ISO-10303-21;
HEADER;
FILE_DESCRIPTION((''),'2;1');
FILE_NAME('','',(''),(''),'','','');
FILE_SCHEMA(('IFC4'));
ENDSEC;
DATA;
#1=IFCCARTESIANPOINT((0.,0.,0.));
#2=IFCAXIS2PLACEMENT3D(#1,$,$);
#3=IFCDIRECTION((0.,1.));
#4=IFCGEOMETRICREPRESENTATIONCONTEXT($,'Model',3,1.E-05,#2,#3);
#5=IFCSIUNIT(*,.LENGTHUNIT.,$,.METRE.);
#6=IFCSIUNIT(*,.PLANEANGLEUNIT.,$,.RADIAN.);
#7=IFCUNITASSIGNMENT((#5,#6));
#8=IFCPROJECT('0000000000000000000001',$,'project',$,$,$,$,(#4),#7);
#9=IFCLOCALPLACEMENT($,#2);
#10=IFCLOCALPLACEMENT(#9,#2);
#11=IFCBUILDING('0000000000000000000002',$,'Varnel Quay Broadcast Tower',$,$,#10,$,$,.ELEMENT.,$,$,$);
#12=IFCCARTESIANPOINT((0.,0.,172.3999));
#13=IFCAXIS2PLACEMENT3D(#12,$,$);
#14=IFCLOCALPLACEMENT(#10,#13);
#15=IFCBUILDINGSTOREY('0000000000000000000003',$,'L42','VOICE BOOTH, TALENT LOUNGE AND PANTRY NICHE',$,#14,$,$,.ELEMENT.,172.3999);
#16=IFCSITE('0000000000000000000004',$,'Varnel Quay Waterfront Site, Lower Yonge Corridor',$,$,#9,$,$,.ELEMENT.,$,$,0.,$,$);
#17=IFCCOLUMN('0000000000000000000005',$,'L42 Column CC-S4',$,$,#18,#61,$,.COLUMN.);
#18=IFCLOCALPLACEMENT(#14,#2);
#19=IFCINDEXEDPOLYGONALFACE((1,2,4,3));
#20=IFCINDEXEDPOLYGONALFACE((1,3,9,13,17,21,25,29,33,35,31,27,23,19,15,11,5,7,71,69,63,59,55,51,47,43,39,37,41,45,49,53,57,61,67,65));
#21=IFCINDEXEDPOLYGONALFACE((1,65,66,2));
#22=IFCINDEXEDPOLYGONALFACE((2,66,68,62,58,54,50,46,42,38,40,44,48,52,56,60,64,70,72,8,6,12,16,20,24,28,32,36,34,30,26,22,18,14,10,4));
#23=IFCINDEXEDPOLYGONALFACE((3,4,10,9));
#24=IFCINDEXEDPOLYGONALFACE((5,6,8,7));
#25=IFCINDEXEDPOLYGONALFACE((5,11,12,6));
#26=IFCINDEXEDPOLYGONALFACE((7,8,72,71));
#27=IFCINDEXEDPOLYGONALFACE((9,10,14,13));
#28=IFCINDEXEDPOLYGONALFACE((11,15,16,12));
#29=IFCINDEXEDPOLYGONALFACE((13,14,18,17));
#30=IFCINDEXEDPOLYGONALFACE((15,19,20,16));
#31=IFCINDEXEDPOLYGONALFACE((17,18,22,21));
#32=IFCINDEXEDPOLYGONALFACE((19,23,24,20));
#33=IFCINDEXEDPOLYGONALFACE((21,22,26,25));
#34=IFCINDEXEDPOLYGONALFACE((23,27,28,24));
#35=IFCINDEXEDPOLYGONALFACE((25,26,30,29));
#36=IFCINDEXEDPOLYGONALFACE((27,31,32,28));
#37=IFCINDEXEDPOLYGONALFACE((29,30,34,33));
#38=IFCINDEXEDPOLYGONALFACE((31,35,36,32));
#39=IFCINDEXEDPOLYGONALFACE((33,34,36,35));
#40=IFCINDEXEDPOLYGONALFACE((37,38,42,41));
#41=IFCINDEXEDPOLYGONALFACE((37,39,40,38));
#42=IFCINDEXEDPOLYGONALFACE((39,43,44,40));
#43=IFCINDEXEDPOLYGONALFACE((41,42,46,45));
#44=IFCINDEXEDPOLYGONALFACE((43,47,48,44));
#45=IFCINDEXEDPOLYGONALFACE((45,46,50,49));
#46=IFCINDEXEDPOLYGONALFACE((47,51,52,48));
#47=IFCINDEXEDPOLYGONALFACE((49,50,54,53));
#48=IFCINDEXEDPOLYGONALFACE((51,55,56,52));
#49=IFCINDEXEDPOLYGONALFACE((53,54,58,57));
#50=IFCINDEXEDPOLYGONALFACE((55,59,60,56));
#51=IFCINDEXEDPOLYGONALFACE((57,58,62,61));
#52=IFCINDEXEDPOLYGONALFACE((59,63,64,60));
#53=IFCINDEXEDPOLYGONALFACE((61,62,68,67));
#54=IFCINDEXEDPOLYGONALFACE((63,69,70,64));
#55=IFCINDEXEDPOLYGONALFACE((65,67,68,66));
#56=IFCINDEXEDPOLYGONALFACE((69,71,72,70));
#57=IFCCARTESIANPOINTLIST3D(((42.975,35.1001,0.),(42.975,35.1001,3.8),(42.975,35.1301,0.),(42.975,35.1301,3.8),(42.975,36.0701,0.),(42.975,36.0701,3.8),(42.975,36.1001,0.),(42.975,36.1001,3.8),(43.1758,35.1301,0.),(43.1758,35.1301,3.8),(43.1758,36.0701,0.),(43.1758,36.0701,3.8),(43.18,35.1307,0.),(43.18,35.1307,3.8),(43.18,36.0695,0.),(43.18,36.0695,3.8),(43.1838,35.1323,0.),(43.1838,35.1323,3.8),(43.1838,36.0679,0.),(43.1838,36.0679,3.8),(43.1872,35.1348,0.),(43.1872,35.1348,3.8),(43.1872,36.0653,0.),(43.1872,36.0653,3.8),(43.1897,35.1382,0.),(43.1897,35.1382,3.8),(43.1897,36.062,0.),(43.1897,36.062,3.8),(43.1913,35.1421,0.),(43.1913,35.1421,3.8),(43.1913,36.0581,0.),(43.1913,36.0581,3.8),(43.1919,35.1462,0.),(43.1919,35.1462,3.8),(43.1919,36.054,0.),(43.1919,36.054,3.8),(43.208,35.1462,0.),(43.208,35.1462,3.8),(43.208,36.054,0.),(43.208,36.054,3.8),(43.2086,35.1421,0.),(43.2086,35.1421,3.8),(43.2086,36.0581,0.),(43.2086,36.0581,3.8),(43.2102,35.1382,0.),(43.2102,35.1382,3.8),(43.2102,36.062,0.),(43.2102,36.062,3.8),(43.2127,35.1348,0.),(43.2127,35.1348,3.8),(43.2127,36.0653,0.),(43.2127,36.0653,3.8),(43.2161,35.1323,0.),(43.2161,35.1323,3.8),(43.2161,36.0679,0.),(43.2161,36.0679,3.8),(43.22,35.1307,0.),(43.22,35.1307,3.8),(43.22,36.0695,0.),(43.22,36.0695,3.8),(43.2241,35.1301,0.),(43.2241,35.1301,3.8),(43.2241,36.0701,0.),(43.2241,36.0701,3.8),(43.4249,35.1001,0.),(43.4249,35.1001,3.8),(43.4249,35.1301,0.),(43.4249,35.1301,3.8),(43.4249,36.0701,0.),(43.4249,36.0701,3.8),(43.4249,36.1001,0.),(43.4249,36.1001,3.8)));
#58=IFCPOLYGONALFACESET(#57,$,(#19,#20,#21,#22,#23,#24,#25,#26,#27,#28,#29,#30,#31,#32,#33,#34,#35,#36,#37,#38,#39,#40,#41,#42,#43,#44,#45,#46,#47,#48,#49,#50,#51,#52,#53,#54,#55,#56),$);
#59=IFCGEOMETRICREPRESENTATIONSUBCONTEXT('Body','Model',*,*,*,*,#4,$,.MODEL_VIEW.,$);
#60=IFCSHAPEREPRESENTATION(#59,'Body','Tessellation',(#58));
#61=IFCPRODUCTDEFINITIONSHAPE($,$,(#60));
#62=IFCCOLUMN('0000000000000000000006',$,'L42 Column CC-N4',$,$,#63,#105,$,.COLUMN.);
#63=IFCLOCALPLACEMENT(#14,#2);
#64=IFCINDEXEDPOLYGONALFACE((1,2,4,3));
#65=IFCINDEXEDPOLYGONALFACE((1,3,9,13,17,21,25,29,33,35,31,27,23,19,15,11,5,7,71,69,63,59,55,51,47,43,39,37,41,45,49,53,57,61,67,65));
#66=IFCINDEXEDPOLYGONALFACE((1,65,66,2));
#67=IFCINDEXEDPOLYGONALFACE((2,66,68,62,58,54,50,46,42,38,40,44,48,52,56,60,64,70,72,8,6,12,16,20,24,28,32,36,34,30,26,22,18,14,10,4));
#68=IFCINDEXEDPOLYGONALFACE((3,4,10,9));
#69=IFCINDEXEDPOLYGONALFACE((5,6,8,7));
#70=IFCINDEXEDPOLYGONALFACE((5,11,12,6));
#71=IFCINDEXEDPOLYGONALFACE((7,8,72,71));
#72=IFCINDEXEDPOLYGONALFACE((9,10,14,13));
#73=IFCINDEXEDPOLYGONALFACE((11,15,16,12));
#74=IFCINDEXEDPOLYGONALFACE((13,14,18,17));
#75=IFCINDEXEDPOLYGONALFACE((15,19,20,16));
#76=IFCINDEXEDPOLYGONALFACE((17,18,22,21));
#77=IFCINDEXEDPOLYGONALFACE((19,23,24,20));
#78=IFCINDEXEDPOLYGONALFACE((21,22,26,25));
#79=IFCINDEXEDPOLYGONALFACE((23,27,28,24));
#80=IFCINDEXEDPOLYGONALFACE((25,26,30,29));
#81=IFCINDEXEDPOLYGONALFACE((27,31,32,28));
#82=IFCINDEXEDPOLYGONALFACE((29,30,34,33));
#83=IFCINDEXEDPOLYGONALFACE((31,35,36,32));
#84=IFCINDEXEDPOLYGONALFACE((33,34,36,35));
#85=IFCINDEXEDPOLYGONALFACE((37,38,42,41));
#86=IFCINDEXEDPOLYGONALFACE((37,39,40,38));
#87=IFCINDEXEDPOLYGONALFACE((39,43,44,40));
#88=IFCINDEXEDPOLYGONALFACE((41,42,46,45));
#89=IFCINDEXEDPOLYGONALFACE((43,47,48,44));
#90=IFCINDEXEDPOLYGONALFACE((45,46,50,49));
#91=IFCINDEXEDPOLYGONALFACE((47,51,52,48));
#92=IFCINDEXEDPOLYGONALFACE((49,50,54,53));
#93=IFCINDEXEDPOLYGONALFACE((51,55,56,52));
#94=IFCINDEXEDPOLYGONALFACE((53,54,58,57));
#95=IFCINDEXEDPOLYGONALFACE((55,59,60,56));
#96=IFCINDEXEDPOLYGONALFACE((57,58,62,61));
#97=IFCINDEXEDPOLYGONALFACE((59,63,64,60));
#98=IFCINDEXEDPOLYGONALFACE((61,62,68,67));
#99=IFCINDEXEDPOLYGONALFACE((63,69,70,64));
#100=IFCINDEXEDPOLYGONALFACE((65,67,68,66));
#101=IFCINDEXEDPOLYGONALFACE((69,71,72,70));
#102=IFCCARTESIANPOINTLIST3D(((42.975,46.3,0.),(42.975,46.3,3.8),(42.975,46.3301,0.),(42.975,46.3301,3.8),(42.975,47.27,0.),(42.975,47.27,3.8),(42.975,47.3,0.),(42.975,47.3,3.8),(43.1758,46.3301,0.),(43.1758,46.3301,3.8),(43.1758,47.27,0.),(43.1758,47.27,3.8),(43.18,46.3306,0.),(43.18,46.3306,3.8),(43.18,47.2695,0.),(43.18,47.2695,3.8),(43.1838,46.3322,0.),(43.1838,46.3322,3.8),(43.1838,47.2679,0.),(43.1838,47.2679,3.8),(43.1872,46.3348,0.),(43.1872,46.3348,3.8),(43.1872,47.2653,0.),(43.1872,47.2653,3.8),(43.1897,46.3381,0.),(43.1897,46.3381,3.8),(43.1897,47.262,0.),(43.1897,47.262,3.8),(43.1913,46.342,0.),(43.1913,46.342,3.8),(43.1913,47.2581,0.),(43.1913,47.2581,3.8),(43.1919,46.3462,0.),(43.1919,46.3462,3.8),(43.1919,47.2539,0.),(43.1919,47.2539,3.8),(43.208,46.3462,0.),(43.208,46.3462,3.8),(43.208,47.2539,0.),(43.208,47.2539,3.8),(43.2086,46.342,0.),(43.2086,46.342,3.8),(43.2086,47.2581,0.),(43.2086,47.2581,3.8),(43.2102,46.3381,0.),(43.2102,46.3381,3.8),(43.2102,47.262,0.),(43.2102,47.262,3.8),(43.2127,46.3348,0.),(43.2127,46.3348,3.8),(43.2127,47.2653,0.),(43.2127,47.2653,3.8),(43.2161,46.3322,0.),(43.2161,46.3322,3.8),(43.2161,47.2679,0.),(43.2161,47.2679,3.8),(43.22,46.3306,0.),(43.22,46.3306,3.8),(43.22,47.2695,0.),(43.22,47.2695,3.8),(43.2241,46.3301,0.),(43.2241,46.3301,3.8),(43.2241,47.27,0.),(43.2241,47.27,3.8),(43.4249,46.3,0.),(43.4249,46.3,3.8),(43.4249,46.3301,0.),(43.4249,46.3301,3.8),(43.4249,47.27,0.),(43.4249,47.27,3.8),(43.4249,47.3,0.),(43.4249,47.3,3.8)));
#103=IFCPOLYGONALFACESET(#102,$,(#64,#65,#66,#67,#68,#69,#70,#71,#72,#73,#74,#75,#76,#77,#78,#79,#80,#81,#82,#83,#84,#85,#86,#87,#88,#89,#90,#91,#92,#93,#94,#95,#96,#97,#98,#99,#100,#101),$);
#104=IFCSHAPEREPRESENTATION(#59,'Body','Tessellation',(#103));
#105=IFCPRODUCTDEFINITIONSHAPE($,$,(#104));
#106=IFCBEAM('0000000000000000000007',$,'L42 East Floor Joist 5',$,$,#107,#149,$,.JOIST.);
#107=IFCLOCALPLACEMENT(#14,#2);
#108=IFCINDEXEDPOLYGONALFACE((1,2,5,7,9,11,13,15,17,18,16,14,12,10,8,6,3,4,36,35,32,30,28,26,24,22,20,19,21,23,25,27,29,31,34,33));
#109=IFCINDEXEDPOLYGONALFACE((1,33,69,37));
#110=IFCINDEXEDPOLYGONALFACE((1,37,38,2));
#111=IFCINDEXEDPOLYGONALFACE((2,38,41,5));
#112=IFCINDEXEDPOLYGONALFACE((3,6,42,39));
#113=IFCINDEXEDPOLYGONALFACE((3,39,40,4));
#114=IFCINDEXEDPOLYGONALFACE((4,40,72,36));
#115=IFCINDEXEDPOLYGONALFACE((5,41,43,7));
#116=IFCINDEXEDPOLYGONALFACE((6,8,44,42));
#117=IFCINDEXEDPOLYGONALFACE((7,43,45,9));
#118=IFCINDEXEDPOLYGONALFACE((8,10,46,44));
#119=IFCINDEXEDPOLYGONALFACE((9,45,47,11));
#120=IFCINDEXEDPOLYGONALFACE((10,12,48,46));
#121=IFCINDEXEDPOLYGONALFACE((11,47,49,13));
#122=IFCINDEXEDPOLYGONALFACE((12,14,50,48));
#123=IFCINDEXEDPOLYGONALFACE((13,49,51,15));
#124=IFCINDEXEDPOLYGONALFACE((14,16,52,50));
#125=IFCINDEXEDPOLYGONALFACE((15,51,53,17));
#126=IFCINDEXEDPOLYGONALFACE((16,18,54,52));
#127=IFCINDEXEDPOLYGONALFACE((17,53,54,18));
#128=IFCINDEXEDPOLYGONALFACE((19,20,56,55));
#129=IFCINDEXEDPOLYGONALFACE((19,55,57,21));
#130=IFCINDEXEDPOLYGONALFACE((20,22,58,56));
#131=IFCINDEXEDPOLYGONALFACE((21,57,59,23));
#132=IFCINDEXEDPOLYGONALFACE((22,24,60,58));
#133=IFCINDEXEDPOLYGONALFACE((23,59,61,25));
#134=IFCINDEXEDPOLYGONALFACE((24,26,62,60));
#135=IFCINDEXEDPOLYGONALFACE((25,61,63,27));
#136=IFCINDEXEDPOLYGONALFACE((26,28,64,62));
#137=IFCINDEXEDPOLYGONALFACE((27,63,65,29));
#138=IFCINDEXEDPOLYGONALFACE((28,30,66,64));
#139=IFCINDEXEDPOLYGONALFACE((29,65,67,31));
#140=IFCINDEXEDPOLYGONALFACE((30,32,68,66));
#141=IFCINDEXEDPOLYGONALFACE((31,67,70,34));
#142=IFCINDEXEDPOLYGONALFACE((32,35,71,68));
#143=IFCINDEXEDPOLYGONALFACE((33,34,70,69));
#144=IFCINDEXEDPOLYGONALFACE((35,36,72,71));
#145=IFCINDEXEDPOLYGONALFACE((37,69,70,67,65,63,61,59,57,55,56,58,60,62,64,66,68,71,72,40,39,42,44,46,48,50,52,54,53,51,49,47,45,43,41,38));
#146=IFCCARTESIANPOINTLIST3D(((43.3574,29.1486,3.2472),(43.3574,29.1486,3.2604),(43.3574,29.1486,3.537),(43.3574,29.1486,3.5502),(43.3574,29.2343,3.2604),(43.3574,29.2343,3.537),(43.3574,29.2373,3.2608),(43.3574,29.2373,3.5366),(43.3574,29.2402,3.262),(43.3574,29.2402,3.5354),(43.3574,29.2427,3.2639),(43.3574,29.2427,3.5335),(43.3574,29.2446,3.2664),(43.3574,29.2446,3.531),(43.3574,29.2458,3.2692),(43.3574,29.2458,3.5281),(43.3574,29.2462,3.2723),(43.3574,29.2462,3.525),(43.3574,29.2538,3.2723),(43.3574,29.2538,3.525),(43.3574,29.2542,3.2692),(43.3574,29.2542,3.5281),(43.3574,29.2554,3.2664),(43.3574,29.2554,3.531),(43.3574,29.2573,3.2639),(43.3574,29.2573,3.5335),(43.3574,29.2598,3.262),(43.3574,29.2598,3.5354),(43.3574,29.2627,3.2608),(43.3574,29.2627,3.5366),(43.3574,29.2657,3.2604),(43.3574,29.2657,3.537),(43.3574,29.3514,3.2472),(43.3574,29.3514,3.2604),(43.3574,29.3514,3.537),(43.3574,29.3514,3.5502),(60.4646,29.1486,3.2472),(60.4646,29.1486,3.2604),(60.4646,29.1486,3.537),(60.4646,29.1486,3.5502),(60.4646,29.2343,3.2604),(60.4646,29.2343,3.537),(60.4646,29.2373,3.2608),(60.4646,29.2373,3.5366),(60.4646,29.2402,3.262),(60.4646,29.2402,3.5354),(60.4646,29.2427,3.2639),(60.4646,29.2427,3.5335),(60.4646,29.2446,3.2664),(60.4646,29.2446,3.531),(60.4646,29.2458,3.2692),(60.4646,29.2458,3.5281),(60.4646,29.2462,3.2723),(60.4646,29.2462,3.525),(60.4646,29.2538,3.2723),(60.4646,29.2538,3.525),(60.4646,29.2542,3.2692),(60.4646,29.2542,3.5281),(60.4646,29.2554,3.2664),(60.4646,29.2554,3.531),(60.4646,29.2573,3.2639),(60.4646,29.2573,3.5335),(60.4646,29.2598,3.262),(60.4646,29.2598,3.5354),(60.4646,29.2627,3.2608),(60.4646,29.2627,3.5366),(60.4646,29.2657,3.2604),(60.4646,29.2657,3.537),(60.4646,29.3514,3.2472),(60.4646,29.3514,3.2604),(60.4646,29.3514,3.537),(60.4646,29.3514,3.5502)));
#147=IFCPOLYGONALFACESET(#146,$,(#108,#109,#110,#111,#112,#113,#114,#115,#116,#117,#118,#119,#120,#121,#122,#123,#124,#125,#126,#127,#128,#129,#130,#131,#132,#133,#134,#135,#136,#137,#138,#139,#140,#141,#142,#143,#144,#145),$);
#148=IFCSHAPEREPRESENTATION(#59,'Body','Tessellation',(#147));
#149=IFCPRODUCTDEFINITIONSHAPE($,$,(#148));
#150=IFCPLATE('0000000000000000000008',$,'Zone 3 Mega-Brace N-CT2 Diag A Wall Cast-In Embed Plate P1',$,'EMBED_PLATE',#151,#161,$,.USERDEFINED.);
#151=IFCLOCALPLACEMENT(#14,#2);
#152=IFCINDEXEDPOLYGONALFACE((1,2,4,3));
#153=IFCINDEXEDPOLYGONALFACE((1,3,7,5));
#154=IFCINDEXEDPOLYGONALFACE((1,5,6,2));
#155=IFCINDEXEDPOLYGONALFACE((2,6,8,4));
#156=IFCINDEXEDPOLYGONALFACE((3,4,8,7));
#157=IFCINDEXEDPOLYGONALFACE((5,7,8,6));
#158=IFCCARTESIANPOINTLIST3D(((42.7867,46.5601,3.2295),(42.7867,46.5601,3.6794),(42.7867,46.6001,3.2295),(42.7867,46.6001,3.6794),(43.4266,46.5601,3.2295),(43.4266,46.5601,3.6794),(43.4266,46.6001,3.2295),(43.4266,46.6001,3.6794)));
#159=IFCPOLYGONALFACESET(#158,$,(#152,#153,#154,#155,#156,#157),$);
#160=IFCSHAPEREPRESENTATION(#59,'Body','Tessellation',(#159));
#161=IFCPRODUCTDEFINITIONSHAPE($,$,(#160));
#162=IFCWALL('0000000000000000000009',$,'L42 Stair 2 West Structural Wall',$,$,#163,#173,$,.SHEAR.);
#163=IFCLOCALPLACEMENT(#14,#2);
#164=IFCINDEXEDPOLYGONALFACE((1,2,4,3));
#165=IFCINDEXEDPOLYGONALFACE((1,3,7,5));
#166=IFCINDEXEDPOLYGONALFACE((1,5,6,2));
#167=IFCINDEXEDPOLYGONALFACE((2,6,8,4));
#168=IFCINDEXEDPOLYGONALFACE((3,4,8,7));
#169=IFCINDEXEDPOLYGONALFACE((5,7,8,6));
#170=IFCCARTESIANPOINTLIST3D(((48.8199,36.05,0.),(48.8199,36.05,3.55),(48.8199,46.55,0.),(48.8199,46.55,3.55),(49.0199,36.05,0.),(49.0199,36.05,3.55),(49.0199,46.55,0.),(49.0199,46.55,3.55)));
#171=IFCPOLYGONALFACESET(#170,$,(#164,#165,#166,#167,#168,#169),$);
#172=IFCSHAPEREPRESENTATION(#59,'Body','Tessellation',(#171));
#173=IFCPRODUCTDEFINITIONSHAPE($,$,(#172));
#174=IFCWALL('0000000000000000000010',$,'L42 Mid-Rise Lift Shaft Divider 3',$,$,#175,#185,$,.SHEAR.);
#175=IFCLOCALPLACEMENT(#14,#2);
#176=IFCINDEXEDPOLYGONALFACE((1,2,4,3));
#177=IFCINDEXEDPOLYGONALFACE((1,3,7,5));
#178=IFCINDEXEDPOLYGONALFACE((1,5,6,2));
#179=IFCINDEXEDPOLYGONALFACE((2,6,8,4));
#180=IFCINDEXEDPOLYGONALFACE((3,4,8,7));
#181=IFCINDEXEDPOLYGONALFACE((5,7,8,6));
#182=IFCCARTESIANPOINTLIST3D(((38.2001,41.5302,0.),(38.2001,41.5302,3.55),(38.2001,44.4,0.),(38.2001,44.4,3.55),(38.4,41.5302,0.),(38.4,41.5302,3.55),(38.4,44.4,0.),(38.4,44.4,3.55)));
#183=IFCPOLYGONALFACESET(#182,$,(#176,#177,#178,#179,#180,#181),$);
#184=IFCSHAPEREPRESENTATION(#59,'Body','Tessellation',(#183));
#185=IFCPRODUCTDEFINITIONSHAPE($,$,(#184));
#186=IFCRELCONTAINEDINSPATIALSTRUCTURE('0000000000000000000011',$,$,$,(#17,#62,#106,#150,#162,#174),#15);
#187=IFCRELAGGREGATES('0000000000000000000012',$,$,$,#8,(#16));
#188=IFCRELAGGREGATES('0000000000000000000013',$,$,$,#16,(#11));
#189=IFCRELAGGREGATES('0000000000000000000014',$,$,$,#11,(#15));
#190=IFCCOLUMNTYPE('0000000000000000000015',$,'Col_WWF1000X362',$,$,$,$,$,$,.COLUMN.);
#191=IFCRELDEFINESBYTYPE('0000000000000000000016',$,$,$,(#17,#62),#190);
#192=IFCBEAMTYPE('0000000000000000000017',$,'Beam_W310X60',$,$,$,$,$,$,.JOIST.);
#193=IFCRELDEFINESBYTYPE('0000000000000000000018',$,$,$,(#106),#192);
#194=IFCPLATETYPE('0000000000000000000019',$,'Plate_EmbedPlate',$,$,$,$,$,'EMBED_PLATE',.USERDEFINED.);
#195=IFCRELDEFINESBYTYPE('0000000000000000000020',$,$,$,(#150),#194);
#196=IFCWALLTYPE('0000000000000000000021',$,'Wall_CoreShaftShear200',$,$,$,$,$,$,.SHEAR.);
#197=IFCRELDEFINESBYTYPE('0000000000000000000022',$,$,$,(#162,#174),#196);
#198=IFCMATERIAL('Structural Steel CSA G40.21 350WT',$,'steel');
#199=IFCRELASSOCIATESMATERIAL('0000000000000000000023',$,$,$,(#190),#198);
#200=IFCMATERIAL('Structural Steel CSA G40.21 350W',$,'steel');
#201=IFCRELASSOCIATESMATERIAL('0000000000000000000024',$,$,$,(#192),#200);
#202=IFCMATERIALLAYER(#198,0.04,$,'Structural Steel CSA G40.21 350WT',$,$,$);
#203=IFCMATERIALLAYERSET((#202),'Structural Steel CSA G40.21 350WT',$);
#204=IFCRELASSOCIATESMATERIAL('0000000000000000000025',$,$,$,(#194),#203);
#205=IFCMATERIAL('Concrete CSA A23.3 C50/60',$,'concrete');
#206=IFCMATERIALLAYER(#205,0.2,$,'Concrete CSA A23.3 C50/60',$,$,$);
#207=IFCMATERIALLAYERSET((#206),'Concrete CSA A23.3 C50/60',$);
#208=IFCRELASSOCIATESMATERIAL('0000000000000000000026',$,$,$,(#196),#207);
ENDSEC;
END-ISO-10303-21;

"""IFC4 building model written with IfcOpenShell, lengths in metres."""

from ifc_helpers import new_model, si_unit, direction, frame, frame_2d, origin, origin_2d, place, context, subcontext, project, spatial, rectangle, i_section, extrude, source, transform, mapped, material, layer, layer_set, material_profile, profile_set, type_object, type_shapes, element, save


model = new_model("IFC4")

# Units and contexts
model_context = context("Model", 3, precision=1e-05, world=origin(), true_north=direction((0.0, 1.0)))
body_context = subcontext(model_context, "Body", "Model", "MODEL_VIEW")
ifc_project = project(units=[si_unit("LENGTHUNIT", "METRE"), si_unit("PLANEANGLEUNIT", "RADIAN")], contexts=[model_context])

# Site, building, storey
site_placement = place(None, origin())
site = spatial("IfcSite", under=ifc_project, at=site_placement, Name="Varnel Quay Waterfront Site, Lower Yonge Corridor", CompositionType="ELEMENT", RefElevation=0.0)
building_placement = place(site_placement, origin())
building = spatial("IfcBuilding", under=site, at=building_placement, Name="Varnel Quay Broadcast Tower", CompositionType="ELEMENT")
storey_placement = place(building_placement, frame((0.0, 0.0, 172.3999)))
storey = spatial("IfcBuildingStorey", under=building, at=storey_placement, Name="L42", Description="VOICE BOOTH, TALENT LOUNGE AND PANTRY NICHE", CompositionType="ELEMENT", Elevation=172.3999)

# Columns
ifc_material_1 = material(Name="Structural Steel CSA G40.21 350WT", Category="steel")
ifc_material_profile_1 = material_profile(ifc_material_1, i_section(OverallWidth=0.45, OverallDepth=1.0, WebThickness=0.0161, FlangeThickness=0.03, FilletRadius=0.0161, at=origin_2d()), Name="WWF1000X362")
ifc_profile_set_1 = profile_set([ifc_material_profile_1], Name="Structural Steel CSA G40.21 350WT")
column_type = type_object("IfcColumnType", Name="Col_WWF1000X362", PredefinedType="COLUMN", material=ifc_profile_set_1)
shared_shape_1 = source(origin(), body_context, "Body", "SweptSolid", [
    extrude(i_section(OverallWidth=0.45, OverallDepth=1.0, WebThickness=0.0161, FlangeThickness=0.03, FilletRadius=0.0161, at=origin_2d()), origin(), (0.0, 0.0, 1.0), 3.8),
])
type_shapes(column_type, [shared_shape_1])
for number, where, z_axis, x_axis, name in (
    (1, (43.2, 35.6001, 0.0), (0.0, 0.0, 1.0), (1.0, 0.0, 0.0), "L42 Column CC-S4"),
    (2, (43.2, 46.8, 0.0), (0.0, 0.0, 1.0), (1.0, 0.0, 0.0), "L42 Column CC-N4"),
):
    element("IfcColumn", number, at=place(storey_placement, frame(where, z_axis=z_axis, x_axis=x_axis)), inside=storey, type_object=column_type, Name=name, PredefinedType="COLUMN", context=body_context, shape_type="MappedRepresentation", body=[
        mapped(shared_shape_1, transform((0.0, 0.0, 0.0), x_axis=(1.0, 0.0, 0.0), y_axis=(0.0, 1.0, 0.0), z_axis=(0.0, 0.0, 1.0), scale=1.0)),
    ])

# Beam
ifc_material_2 = material(Name="Structural Steel CSA G40.21 350W", Category="steel")
ifc_material_profile_2 = material_profile(ifc_material_2, i_section(OverallWidth=0.2029, OverallDepth=0.303, WebThickness=0.0076, FlangeThickness=0.0132, FilletRadius=0.012, at=origin_2d()), Name="W310X60")
ifc_profile_set_2 = profile_set([ifc_material_profile_2], Name="Structural Steel CSA G40.21 350W")
beam_type = type_object("IfcBeamType", Name="Beam_W310X60", PredefinedType="JOIST", material=ifc_profile_set_2)
shared_shape_2 = source(origin(), body_context, "Body", "SweptSolid", [
    extrude(i_section(OverallWidth=0.2029, OverallDepth=0.303, WebThickness=0.0076, FlangeThickness=0.0132, FilletRadius=0.012, at=origin_2d()), origin(), (0.0, 0.0, 1.0), 17.1072),
])
type_shapes(beam_type, [shared_shape_2])
beam_placement = place(storey_placement, frame((43.3574, 29.25, 3.3987), z_axis=(1.0, 0.0, 0.0), x_axis=(0.0, 1.0, 0.0)))
element("IfcBeam", 3, at=beam_placement, inside=storey, type_object=beam_type, Name="L42 East Floor Joist 5", PredefinedType="JOIST", context=body_context, shape_type="MappedRepresentation", body=[
    mapped(shared_shape_2, transform((0.0, 0.0, 0.0), x_axis=(1.0, 0.0, 0.0), y_axis=(0.0, 1.0, 0.0), z_axis=(0.0, 0.0, 1.0), scale=1.0)),
])

# Plate
ifc_layer_1 = layer(ifc_material_1, 0.04, Name="Structural Steel CSA G40.21 350WT")
ifc_layer_set_1 = layer_set([ifc_layer_1], Name="Structural Steel CSA G40.21 350WT")
plate_type = type_object("IfcPlateType", Name="Plate_EmbedPlate", ElementType="EMBED_PLATE", PredefinedType="USERDEFINED", material=ifc_layer_set_1)
shared_shape_3 = source(origin(), body_context, "Body", "SweptSolid", [
    extrude(rectangle(XDim=0.6399, YDim=0.04, at=origin_2d()), origin(), (0.0, 0.0, 1.0), 0.45),
])
type_shapes(plate_type, [shared_shape_3])
plate_placement = place(storey_placement, frame((43.1067, 46.5801, 3.2295), z_axis=(0.0, 0.0, 1.0), x_axis=(1.0, 0.0, 0.0)))
element("IfcPlate", 4, at=plate_placement, inside=storey, type_object=plate_type, Name="Zone 3 Mega-Brace N-CT2 Diag A Wall Cast-In Embed Plate P1", ObjectType="EMBED_PLATE", PredefinedType="USERDEFINED", context=body_context, shape_type="MappedRepresentation", body=[
    mapped(shared_shape_3, transform((0.0, 0.0, 0.0), x_axis=(1.0, 0.0, 0.0), y_axis=(0.0, 1.0, 0.0), z_axis=(0.0, 0.0, 1.0), scale=1.0)),
])

# Walls
ifc_material_3 = material(Name="Concrete CSA A23.3 C50/60", Category="concrete")
ifc_layer_2 = layer(ifc_material_3, 0.2, Name="Concrete CSA A23.3 C50/60")
ifc_layer_set_2 = layer_set([ifc_layer_2], Name="Concrete CSA A23.3 C50/60")
wall_type_1 = type_object("IfcWallType", Name="Wall_CoreShaftShear200", PredefinedType="SHEAR", material=ifc_layer_set_2)
wall_1_placement = place(storey_placement, frame((48.9199, 36.05, 0.0), z_axis=(0.0, 0.0, 1.0), x_axis=(0.0, 1.0, 0.0)))
element("IfcWall", 5, at=wall_1_placement, inside=storey, type_object=wall_type_1, Name="L42 Stair 2 West Structural Wall", PredefinedType="SHEAR", context=body_context, shape_type="SweptSolid", body=[
    extrude(rectangle(XDim=10.5, YDim=0.2, at=frame_2d((5.25, 0.0))), origin(), (0.0, 0.0, 1.0), 3.55),
])
wall_2_placement = place(storey_placement, frame((38.3, 41.53, 0.0), z_axis=(0.0, 0.0, 1.0), x_axis=(0.0, 1.0, 0.0)))
element("IfcWall", 6, at=wall_2_placement, inside=storey, type_object=wall_type_1, Name="L42 Mid-Rise Lift Shaft Divider 3", PredefinedType="SHEAR", context=body_context, shape_type="SweptSolid", body=[
    extrude(rectangle(XDim=2.8699, YDim=0.2, at=frame_2d((1.4351, 0.0))), origin(), (0.0, 0.0, 1.0), 3.55),
])

save(model, "model.ifc")
